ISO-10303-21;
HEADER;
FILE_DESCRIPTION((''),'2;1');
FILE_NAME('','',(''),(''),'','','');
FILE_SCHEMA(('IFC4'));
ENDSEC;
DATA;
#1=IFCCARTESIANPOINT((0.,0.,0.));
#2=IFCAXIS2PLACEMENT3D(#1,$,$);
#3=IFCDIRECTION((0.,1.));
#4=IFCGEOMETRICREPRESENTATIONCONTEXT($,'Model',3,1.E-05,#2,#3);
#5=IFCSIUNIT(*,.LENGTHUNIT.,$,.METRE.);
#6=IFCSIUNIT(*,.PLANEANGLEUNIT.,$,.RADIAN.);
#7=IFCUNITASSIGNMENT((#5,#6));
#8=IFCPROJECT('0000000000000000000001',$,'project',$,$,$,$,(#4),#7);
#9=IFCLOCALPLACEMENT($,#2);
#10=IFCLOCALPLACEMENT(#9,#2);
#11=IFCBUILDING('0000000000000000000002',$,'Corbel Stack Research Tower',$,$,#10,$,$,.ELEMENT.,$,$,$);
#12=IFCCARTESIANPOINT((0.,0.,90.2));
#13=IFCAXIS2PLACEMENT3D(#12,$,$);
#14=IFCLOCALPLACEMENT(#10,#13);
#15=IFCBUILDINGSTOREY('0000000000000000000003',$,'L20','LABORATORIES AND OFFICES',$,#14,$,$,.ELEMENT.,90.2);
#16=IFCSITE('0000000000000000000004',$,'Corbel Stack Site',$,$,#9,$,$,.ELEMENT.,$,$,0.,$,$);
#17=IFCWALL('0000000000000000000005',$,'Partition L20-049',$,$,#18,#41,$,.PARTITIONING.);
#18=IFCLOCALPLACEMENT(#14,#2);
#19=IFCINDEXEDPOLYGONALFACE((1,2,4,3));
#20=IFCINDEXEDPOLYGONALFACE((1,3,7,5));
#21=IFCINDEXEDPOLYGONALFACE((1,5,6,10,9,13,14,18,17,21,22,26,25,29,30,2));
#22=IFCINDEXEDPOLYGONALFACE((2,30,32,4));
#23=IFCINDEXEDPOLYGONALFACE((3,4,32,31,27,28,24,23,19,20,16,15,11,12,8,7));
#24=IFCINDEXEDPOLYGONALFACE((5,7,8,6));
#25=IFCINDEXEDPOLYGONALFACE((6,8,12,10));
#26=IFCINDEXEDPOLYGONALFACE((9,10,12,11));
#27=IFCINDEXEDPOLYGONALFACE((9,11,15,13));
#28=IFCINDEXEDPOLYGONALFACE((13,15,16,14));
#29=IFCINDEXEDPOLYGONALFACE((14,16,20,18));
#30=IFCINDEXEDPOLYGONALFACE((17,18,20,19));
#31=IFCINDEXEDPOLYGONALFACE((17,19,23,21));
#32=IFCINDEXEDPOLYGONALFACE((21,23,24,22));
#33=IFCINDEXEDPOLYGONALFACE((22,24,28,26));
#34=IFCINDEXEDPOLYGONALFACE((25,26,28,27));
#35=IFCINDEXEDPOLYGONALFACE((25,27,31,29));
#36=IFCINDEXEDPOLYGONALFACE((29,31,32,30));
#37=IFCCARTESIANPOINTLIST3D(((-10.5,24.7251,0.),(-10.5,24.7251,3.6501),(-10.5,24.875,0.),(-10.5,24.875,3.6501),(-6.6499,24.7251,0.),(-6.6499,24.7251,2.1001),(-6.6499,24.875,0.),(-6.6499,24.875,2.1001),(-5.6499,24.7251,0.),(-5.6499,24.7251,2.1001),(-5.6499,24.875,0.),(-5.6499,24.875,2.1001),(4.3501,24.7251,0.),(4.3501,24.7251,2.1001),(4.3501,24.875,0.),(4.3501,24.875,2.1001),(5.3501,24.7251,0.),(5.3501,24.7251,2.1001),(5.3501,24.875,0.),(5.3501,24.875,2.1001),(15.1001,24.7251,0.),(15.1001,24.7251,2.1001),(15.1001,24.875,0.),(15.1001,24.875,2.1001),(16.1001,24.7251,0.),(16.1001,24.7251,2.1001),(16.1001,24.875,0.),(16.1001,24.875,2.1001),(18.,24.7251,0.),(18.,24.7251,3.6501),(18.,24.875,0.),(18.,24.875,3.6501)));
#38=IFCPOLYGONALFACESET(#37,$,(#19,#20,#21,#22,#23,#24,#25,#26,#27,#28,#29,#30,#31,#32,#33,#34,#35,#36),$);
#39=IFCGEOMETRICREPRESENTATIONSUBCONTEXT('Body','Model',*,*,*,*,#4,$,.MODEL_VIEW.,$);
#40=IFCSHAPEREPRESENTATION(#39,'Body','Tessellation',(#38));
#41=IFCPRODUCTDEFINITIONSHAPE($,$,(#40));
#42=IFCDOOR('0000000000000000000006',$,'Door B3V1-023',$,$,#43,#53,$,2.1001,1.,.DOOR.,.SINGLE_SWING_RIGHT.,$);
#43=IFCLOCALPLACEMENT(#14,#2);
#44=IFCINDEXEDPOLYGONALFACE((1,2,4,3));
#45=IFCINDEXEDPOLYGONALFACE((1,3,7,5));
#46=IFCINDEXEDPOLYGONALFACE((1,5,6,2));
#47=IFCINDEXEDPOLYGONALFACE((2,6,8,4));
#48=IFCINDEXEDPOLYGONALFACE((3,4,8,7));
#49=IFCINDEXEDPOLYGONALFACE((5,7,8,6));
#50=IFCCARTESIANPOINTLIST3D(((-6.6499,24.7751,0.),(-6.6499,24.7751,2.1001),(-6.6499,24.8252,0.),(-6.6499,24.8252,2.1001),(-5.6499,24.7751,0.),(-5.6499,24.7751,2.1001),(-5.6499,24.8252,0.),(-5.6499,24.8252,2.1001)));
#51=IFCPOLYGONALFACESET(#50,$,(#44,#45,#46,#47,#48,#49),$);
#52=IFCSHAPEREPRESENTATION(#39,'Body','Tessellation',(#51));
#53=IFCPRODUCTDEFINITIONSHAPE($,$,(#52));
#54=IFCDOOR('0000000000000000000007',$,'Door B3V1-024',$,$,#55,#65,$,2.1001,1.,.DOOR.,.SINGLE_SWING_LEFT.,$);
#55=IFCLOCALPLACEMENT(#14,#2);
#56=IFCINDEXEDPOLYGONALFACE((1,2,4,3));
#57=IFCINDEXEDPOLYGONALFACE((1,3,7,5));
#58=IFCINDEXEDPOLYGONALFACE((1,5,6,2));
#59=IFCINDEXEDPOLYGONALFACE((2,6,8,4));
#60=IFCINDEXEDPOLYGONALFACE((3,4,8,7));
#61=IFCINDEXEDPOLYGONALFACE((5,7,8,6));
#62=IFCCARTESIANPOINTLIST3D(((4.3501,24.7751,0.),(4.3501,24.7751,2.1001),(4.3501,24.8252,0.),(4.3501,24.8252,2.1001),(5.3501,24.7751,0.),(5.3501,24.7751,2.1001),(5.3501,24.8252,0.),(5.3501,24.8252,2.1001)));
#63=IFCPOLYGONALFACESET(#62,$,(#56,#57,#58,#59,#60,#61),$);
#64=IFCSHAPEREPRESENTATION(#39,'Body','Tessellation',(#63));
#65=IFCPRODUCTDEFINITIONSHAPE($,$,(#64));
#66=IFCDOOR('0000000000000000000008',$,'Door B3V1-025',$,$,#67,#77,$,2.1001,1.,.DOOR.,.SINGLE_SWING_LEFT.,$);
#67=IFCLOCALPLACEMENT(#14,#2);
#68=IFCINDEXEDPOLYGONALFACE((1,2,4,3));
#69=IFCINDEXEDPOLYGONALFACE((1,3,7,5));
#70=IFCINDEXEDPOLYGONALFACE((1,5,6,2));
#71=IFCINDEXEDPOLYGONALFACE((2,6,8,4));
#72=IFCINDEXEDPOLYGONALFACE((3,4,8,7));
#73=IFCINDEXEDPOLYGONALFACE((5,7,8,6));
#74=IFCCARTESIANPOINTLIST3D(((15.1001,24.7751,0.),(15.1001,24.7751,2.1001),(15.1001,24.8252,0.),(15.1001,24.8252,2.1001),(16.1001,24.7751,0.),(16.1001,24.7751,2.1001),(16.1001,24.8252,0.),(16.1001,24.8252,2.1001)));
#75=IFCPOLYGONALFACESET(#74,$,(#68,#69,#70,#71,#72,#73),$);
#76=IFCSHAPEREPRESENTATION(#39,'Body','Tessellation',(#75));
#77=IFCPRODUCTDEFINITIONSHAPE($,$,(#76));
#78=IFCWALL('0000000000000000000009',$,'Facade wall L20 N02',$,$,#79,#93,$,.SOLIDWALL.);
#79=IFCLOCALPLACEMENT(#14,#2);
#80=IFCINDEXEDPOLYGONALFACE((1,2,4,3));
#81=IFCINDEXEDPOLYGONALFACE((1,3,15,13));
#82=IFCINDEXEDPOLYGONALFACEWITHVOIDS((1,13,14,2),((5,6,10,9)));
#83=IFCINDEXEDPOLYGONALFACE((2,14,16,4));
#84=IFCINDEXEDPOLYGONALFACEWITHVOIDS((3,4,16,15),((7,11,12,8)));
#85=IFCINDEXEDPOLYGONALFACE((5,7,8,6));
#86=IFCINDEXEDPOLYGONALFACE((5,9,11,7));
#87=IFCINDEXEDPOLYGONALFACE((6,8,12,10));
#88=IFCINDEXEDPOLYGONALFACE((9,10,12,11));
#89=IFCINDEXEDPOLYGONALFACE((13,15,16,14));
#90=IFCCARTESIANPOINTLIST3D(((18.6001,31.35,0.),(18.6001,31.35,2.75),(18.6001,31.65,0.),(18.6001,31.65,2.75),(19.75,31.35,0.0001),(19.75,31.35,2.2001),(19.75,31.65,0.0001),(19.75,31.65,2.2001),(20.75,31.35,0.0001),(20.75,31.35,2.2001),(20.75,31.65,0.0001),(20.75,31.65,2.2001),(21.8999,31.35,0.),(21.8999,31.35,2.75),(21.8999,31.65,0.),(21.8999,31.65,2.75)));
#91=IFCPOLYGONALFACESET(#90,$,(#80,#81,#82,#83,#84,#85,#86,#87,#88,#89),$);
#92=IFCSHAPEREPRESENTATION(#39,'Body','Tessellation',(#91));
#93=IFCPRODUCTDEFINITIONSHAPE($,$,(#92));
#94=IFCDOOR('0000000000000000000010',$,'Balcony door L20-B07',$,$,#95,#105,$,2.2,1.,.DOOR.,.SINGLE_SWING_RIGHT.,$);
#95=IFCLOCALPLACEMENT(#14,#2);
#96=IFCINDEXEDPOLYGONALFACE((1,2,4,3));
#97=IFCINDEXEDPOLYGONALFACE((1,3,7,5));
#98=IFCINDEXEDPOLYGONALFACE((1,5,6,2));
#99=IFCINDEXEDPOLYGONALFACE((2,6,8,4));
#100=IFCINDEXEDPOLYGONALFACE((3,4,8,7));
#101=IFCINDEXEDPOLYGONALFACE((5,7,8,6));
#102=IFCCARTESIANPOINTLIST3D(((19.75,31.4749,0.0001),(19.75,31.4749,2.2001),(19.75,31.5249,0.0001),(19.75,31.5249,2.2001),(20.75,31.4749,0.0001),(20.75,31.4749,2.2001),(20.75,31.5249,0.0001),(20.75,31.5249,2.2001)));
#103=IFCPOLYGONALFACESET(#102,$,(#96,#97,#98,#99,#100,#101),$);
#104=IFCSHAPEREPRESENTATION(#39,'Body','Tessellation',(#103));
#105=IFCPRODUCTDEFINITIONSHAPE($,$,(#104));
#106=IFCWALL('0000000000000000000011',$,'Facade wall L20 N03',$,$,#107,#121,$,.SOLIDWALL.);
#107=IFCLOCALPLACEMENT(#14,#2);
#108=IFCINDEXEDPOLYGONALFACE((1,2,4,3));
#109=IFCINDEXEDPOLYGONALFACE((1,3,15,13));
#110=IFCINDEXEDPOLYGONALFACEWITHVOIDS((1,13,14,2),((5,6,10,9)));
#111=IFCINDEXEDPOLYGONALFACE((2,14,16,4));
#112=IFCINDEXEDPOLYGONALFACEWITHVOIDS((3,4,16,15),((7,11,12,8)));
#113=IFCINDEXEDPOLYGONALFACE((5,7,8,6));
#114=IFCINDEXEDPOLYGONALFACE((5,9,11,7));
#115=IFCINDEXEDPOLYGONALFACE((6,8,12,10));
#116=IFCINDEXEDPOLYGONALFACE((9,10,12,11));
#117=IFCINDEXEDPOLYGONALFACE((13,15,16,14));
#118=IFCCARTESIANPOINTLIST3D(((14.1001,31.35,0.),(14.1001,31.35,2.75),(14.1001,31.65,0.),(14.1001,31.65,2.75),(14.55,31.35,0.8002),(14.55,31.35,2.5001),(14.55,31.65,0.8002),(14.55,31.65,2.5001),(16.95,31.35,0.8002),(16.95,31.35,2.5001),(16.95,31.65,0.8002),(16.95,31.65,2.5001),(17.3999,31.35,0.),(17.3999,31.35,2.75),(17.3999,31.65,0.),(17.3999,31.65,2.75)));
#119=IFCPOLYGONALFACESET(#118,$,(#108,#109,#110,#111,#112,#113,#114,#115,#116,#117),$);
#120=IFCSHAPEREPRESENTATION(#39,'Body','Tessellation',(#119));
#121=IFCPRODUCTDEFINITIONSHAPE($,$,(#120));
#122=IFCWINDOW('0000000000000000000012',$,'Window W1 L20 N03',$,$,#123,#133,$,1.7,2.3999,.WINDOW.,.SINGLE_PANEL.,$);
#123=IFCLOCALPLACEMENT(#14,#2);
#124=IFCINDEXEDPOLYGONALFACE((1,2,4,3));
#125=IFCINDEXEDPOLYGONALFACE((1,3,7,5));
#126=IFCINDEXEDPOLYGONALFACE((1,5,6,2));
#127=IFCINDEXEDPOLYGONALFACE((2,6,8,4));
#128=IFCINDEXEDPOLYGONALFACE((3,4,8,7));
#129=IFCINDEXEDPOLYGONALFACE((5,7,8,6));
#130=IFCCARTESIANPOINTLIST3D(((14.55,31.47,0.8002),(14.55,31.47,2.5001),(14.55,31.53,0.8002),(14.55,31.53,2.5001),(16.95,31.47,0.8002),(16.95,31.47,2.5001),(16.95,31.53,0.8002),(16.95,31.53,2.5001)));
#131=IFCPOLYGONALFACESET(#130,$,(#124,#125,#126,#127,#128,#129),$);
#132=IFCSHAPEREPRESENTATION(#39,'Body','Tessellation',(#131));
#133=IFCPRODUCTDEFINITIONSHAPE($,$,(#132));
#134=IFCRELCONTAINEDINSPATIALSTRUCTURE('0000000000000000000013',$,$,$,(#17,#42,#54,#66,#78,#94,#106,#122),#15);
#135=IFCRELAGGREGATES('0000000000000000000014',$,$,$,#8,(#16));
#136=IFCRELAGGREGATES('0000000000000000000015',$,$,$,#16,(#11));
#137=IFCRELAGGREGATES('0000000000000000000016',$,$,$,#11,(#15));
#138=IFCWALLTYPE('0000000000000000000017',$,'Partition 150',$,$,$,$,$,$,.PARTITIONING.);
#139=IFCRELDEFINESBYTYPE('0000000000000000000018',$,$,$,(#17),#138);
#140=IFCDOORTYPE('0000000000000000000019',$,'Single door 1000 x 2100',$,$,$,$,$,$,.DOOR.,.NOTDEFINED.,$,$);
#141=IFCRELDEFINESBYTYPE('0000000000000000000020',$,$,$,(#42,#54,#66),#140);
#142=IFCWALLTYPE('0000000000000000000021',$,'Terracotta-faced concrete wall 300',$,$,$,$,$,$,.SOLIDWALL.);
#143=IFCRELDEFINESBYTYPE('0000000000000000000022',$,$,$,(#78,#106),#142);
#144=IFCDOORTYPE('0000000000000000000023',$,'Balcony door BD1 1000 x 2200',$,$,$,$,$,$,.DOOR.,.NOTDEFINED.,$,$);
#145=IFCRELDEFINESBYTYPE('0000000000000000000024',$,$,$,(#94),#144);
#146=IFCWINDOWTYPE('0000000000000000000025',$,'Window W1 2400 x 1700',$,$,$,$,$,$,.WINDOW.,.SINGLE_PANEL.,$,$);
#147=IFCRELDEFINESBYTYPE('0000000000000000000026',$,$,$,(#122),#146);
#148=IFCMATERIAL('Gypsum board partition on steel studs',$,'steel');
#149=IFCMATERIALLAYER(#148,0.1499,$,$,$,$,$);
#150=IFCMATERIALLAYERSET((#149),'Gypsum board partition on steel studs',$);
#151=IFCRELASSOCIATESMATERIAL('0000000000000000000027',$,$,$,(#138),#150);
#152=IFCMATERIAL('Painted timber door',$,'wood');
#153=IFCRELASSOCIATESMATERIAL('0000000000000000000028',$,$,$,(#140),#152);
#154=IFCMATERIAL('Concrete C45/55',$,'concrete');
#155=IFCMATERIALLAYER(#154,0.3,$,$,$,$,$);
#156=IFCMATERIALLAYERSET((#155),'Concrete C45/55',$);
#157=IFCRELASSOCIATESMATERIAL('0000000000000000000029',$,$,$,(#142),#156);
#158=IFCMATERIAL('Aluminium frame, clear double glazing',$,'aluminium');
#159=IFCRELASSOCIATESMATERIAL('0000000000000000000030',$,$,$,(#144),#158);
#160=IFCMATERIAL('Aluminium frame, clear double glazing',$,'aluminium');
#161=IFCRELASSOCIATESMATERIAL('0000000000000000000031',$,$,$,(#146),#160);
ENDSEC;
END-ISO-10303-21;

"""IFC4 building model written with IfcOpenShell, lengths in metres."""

from ifc_helpers import new_model, si_unit, direction, frame, frame_2d, origin, place, context, subcontext, project, spatial, rectangle, extrude, material, layer, layer_set, type_object, element, fill, save


model = new_model("IFC4")

# Units and contexts
model_context = context("Model", 3, precision=1e-05, world=origin(), true_north=direction((0.0, 1.0)))
body_context = subcontext(model_context, "Body", "Model", "MODEL_VIEW")
ifc_project = project(units=[si_unit("LENGTHUNIT", "METRE"), si_unit("PLANEANGLEUNIT", "RADIAN")], contexts=[model_context])

# Site, building, storey
site_placement = place(None, origin())
site = spatial("IfcSite", under=ifc_project, at=site_placement, Name="Corbel Stack Site", CompositionType="ELEMENT", RefElevation=0.0)
building_placement = place(site_placement, origin())
building = spatial("IfcBuilding", under=site, at=building_placement, Name="Corbel Stack Research Tower", CompositionType="ELEMENT")
storey_placement = place(building_placement, frame((0.0, 0.0, 90.2)))
storey = spatial("IfcBuildingStorey", under=building, at=storey_placement, Name="L20", Description="LABORATORIES AND OFFICES", CompositionType="ELEMENT", Elevation=90.2)

# Wall, openings, doors
ifc_material_1 = material(Name="Gypsum board partition on steel studs", Category="steel")
ifc_layer_1 = layer(ifc_material_1, 0.1499)
ifc_layer_set_1 = layer_set([ifc_layer_1], Name="Gypsum board partition on steel studs")
wall_type_1 = type_object("IfcWallType", Name="Partition 150", PredefinedType="PARTITIONING", material=ifc_layer_set_1)
wall_1_placement = place(storey_placement, frame((18.0, 24.8, 0.0), z_axis=(0.0, 0.0, 1.0), x_axis=(-1.0, 0.0, 0.0)))
wall_1 = element("IfcWall", 1, at=wall_1_placement, inside=storey, type_object=wall_type_1, Name="Partition L20-049", PredefinedType="PARTITIONING", context=body_context, shape_type="SweptSolid", body=[
    extrude(rectangle(XDim=28.5, YDim=0.1499, at=frame_2d((14.25, 0.0))), origin(), (0.0, 0.0, 1.0), 3.6501),
])
opening_1_placement = place(wall_1_placement, frame((23.6499, 0.0, 0.0)))
opening_1 = element("IfcOpeningElement", 2, at=opening_1_placement, cuts=wall_1, PredefinedType="OPENING", context=body_context, shape_type="SweptSolid", body=[
    extrude(rectangle(XDim=1.0, YDim=2.1001, at=frame_2d((0.5, 1.05))), frame((0.0, 0.085, 0.0), z_axis=(0.0, -1.0, 0.0), x_axis=(1.0, 0.0, 0.0)), (0.0, 0.0, 1.0), 0.1699),
])
opening_2_placement = place(wall_1_placement, frame((12.6499, 0.0, 0.0)))
opening_2 = element("IfcOpeningElement", 3, at=opening_2_placement, cuts=wall_1, PredefinedType="OPENING", context=body_context, shape_type="SweptSolid", body=[
    extrude(rectangle(XDim=1.0, YDim=2.1001, at=frame_2d((0.5, 1.05))), frame((0.0, 0.085, 0.0), z_axis=(0.0, -1.0, 0.0), x_axis=(1.0, 0.0, 0.0)), (0.0, 0.0, 1.0), 0.1699),
])
opening_3_placement = place(wall_1_placement, frame((1.8999, 0.0, 0.0)))
opening_3 = element("IfcOpeningElement", 4, at=opening_3_placement, cuts=wall_1, PredefinedType="OPENING", context=body_context, shape_type="SweptSolid", body=[
    extrude(rectangle(XDim=1.0, YDim=2.1001, at=frame_2d((0.5, 1.05))), frame((0.0, 0.085, 0.0), z_axis=(0.0, -1.0, 0.0), x_axis=(1.0, 0.0, 0.0)), (0.0, 0.0, 1.0), 0.1699),
])
ifc_material_2 = material(Name="Painted timber door", Category="wood")
door_type_1 = type_object("IfcDoorType", Name="Single door 1000 x 2100", OperationType="NOTDEFINED", PredefinedType="DOOR", material=ifc_material_2)
door_1_placement = place(opening_1_placement, origin())
door_1 = element("IfcDoor", 5, at=door_1_placement, inside=storey, type_object=door_type_1, Name="Door B3V1-023", OperationType="SINGLE_SWING_RIGHT", OverallHeight=2.1001, OverallWidth=1.0, PredefinedType="DOOR", context=body_context, shape_type="SweptSolid", body=[
    extrude(rectangle(XDim=1.0, YDim=2.1001, at=frame_2d((0.5, 1.05))), frame((0.0, 0.0249, 0.0), z_axis=(0.0, -1.0, 0.0), x_axis=(1.0, 0.0, 0.0)), (0.0, 0.0, 1.0), 0.05),
])
fill(opening_1, door_1)
door_2_placement = place(opening_2_placement, origin())
door_2 = element("IfcDoor", 6, at=door_2_placement, inside=storey, type_object=door_type_1, Name="Door B3V1-024", OperationType="SINGLE_SWING_LEFT", OverallHeight=2.1001, OverallWidth=1.0, PredefinedType="DOOR", context=body_context, shape_type="SweptSolid", body=[
    extrude(rectangle(XDim=1.0, YDim=2.1001, at=frame_2d((0.5, 1.05))), frame((0.0, 0.0249, 0.0), z_axis=(0.0, -1.0, 0.0), x_axis=(1.0, 0.0, 0.0)), (0.0, 0.0, 1.0), 0.05),
])
fill(opening_2, door_2)
door_3_placement = place(opening_3_placement, origin())
door_3 = element("IfcDoor", 7, at=door_3_placement, inside=storey, type_object=door_type_1, Name="Door B3V1-025", OperationType="SINGLE_SWING_LEFT", OverallHeight=2.1001, OverallWidth=1.0, PredefinedType="DOOR", context=body_context, shape_type="SweptSolid", body=[
    extrude(rectangle(XDim=1.0, YDim=2.1001, at=frame_2d((0.5, 1.05))), frame((0.0, 0.0249, 0.0), z_axis=(0.0, -1.0, 0.0), x_axis=(1.0, 0.0, 0.0)), (0.0, 0.0, 1.0), 0.05),
])
fill(opening_3, door_3)

# Wall, opening, door
ifc_material_3 = material(Name="Concrete C45/55", Category="concrete")
ifc_layer_2 = layer(ifc_material_3, 0.3)
ifc_layer_set_2 = layer_set([ifc_layer_2], Name="Concrete C45/55")
wall_type_2 = type_object("IfcWallType", Name="Terracotta-faced concrete wall 300", PredefinedType="SOLIDWALL", material=ifc_layer_set_2)
wall_2_placement = place(storey_placement, frame((18.6001, 31.5, 0.0), z_axis=(0.0, 0.0, 1.0), x_axis=(1.0, 0.0, 0.0)))
wall_2 = element("IfcWall", 8, at=wall_2_placement, inside=storey, type_object=wall_type_2, Name="Facade wall L20 N02", PredefinedType="SOLIDWALL", context=body_context, shape_type="SweptSolid", body=[
    extrude(rectangle(XDim=3.2998, YDim=0.3, at=frame_2d((1.6499, 0.0))), origin(), (0.0, 0.0, 1.0), 2.75),
])
opening_4_placement = place(wall_2_placement, frame((1.1499, 0.0, 0.0)))
opening_4 = element("IfcOpeningElement", 9, at=opening_4_placement, cuts=wall_2, PredefinedType="OPENING", context=body_context, shape_type="SweptSolid", body=[
    extrude(rectangle(XDim=1.0, YDim=2.2, at=frame_2d((0.5, 1.1001))), frame((0.0, 0.1599, 0.0), z_axis=(0.0, -1.0, 0.0), x_axis=(1.0, 0.0, 0.0)), (0.0, 0.0, 1.0), 0.3201),
])
ifc_material_4 = material(Name="Aluminium frame, clear double glazing", Category="aluminium")
door_type_2 = type_object("IfcDoorType", Name="Balcony door BD1 1000 x 2200", OperationType="NOTDEFINED", PredefinedType="DOOR", material=ifc_material_4)
door_4_placement = place(opening_4_placement, origin())
door_4 = element("IfcDoor", 10, at=door_4_placement, inside=storey, type_object=door_type_2, Name="Balcony door L20-B07", OperationType="SINGLE_SWING_RIGHT", OverallHeight=2.2, OverallWidth=1.0, PredefinedType="DOOR", context=body_context, shape_type="SweptSolid", body=[
    extrude(rectangle(XDim=1.0, YDim=2.2, at=frame_2d((0.5, 1.1001))), frame((0.0, 0.0249, 0.0), z_axis=(0.0, -1.0, 0.0), x_axis=(1.0, 0.0, 0.0)), (0.0, 0.0, 1.0), 0.05),
])
fill(opening_4, door_4)

# Wall, opening, window
wall_3_placement = place(storey_placement, frame((14.1001, 31.5, 0.0), z_axis=(0.0, 0.0, 1.0), x_axis=(1.0, 0.0, 0.0)))
wall_3 = element("IfcWall", 11, at=wall_3_placement, inside=storey, type_object=wall_type_2, Name="Facade wall L20 N03", PredefinedType="SOLIDWALL", context=body_context, shape_type="SweptSolid", body=[
    extrude(rectangle(XDim=3.2998, YDim=0.3, at=frame_2d((1.6499, 0.0))), origin(), (0.0, 0.0, 1.0), 2.75),
])
opening_5_placement = place(wall_3_placement, frame((0.45, 0.0, 0.8)))
opening_5 = element("IfcOpeningElement", 12, at=opening_5_placement, cuts=wall_3, PredefinedType="OPENING", context=body_context, shape_type="SweptSolid", body=[
    extrude(rectangle(XDim=2.3999, YDim=1.7, at=frame_2d((1.2, 0.8501))), frame((0.0, 0.1599, 0.0), z_axis=(0.0, -1.0, 0.0), x_axis=(1.0, 0.0, 0.0)), (0.0, 0.0, 1.0), 0.3201),
])
ifc_material_5 = material(Name="Aluminium frame, clear double glazing", Category="aluminium")
window_type = type_object("IfcWindowType", Name="Window W1 2400 x 1700", PartitioningType="SINGLE_PANEL", PredefinedType="WINDOW", material=ifc_material_5)
window_placement = place(opening_5_placement, origin())
window = element("IfcWindow", 13, at=window_placement, inside=storey, type_object=window_type, Name="Window W1 L20 N03", OverallHeight=1.7, OverallWidth=2.3999, PartitioningType="SINGLE_PANEL", PredefinedType="WINDOW", context=body_context, shape_type="SweptSolid", body=[
    extrude(rectangle(XDim=2.3999, YDim=1.7, at=frame_2d((1.2, 0.8501))), frame((0.0, 0.03, 0.0), z_axis=(0.0, -1.0, 0.0), x_axis=(1.0, 0.0, 0.0)), (0.0, 0.0, 1.0), 0.0601),
])
fill(opening_5, window)

save(model, "model.ifc")
